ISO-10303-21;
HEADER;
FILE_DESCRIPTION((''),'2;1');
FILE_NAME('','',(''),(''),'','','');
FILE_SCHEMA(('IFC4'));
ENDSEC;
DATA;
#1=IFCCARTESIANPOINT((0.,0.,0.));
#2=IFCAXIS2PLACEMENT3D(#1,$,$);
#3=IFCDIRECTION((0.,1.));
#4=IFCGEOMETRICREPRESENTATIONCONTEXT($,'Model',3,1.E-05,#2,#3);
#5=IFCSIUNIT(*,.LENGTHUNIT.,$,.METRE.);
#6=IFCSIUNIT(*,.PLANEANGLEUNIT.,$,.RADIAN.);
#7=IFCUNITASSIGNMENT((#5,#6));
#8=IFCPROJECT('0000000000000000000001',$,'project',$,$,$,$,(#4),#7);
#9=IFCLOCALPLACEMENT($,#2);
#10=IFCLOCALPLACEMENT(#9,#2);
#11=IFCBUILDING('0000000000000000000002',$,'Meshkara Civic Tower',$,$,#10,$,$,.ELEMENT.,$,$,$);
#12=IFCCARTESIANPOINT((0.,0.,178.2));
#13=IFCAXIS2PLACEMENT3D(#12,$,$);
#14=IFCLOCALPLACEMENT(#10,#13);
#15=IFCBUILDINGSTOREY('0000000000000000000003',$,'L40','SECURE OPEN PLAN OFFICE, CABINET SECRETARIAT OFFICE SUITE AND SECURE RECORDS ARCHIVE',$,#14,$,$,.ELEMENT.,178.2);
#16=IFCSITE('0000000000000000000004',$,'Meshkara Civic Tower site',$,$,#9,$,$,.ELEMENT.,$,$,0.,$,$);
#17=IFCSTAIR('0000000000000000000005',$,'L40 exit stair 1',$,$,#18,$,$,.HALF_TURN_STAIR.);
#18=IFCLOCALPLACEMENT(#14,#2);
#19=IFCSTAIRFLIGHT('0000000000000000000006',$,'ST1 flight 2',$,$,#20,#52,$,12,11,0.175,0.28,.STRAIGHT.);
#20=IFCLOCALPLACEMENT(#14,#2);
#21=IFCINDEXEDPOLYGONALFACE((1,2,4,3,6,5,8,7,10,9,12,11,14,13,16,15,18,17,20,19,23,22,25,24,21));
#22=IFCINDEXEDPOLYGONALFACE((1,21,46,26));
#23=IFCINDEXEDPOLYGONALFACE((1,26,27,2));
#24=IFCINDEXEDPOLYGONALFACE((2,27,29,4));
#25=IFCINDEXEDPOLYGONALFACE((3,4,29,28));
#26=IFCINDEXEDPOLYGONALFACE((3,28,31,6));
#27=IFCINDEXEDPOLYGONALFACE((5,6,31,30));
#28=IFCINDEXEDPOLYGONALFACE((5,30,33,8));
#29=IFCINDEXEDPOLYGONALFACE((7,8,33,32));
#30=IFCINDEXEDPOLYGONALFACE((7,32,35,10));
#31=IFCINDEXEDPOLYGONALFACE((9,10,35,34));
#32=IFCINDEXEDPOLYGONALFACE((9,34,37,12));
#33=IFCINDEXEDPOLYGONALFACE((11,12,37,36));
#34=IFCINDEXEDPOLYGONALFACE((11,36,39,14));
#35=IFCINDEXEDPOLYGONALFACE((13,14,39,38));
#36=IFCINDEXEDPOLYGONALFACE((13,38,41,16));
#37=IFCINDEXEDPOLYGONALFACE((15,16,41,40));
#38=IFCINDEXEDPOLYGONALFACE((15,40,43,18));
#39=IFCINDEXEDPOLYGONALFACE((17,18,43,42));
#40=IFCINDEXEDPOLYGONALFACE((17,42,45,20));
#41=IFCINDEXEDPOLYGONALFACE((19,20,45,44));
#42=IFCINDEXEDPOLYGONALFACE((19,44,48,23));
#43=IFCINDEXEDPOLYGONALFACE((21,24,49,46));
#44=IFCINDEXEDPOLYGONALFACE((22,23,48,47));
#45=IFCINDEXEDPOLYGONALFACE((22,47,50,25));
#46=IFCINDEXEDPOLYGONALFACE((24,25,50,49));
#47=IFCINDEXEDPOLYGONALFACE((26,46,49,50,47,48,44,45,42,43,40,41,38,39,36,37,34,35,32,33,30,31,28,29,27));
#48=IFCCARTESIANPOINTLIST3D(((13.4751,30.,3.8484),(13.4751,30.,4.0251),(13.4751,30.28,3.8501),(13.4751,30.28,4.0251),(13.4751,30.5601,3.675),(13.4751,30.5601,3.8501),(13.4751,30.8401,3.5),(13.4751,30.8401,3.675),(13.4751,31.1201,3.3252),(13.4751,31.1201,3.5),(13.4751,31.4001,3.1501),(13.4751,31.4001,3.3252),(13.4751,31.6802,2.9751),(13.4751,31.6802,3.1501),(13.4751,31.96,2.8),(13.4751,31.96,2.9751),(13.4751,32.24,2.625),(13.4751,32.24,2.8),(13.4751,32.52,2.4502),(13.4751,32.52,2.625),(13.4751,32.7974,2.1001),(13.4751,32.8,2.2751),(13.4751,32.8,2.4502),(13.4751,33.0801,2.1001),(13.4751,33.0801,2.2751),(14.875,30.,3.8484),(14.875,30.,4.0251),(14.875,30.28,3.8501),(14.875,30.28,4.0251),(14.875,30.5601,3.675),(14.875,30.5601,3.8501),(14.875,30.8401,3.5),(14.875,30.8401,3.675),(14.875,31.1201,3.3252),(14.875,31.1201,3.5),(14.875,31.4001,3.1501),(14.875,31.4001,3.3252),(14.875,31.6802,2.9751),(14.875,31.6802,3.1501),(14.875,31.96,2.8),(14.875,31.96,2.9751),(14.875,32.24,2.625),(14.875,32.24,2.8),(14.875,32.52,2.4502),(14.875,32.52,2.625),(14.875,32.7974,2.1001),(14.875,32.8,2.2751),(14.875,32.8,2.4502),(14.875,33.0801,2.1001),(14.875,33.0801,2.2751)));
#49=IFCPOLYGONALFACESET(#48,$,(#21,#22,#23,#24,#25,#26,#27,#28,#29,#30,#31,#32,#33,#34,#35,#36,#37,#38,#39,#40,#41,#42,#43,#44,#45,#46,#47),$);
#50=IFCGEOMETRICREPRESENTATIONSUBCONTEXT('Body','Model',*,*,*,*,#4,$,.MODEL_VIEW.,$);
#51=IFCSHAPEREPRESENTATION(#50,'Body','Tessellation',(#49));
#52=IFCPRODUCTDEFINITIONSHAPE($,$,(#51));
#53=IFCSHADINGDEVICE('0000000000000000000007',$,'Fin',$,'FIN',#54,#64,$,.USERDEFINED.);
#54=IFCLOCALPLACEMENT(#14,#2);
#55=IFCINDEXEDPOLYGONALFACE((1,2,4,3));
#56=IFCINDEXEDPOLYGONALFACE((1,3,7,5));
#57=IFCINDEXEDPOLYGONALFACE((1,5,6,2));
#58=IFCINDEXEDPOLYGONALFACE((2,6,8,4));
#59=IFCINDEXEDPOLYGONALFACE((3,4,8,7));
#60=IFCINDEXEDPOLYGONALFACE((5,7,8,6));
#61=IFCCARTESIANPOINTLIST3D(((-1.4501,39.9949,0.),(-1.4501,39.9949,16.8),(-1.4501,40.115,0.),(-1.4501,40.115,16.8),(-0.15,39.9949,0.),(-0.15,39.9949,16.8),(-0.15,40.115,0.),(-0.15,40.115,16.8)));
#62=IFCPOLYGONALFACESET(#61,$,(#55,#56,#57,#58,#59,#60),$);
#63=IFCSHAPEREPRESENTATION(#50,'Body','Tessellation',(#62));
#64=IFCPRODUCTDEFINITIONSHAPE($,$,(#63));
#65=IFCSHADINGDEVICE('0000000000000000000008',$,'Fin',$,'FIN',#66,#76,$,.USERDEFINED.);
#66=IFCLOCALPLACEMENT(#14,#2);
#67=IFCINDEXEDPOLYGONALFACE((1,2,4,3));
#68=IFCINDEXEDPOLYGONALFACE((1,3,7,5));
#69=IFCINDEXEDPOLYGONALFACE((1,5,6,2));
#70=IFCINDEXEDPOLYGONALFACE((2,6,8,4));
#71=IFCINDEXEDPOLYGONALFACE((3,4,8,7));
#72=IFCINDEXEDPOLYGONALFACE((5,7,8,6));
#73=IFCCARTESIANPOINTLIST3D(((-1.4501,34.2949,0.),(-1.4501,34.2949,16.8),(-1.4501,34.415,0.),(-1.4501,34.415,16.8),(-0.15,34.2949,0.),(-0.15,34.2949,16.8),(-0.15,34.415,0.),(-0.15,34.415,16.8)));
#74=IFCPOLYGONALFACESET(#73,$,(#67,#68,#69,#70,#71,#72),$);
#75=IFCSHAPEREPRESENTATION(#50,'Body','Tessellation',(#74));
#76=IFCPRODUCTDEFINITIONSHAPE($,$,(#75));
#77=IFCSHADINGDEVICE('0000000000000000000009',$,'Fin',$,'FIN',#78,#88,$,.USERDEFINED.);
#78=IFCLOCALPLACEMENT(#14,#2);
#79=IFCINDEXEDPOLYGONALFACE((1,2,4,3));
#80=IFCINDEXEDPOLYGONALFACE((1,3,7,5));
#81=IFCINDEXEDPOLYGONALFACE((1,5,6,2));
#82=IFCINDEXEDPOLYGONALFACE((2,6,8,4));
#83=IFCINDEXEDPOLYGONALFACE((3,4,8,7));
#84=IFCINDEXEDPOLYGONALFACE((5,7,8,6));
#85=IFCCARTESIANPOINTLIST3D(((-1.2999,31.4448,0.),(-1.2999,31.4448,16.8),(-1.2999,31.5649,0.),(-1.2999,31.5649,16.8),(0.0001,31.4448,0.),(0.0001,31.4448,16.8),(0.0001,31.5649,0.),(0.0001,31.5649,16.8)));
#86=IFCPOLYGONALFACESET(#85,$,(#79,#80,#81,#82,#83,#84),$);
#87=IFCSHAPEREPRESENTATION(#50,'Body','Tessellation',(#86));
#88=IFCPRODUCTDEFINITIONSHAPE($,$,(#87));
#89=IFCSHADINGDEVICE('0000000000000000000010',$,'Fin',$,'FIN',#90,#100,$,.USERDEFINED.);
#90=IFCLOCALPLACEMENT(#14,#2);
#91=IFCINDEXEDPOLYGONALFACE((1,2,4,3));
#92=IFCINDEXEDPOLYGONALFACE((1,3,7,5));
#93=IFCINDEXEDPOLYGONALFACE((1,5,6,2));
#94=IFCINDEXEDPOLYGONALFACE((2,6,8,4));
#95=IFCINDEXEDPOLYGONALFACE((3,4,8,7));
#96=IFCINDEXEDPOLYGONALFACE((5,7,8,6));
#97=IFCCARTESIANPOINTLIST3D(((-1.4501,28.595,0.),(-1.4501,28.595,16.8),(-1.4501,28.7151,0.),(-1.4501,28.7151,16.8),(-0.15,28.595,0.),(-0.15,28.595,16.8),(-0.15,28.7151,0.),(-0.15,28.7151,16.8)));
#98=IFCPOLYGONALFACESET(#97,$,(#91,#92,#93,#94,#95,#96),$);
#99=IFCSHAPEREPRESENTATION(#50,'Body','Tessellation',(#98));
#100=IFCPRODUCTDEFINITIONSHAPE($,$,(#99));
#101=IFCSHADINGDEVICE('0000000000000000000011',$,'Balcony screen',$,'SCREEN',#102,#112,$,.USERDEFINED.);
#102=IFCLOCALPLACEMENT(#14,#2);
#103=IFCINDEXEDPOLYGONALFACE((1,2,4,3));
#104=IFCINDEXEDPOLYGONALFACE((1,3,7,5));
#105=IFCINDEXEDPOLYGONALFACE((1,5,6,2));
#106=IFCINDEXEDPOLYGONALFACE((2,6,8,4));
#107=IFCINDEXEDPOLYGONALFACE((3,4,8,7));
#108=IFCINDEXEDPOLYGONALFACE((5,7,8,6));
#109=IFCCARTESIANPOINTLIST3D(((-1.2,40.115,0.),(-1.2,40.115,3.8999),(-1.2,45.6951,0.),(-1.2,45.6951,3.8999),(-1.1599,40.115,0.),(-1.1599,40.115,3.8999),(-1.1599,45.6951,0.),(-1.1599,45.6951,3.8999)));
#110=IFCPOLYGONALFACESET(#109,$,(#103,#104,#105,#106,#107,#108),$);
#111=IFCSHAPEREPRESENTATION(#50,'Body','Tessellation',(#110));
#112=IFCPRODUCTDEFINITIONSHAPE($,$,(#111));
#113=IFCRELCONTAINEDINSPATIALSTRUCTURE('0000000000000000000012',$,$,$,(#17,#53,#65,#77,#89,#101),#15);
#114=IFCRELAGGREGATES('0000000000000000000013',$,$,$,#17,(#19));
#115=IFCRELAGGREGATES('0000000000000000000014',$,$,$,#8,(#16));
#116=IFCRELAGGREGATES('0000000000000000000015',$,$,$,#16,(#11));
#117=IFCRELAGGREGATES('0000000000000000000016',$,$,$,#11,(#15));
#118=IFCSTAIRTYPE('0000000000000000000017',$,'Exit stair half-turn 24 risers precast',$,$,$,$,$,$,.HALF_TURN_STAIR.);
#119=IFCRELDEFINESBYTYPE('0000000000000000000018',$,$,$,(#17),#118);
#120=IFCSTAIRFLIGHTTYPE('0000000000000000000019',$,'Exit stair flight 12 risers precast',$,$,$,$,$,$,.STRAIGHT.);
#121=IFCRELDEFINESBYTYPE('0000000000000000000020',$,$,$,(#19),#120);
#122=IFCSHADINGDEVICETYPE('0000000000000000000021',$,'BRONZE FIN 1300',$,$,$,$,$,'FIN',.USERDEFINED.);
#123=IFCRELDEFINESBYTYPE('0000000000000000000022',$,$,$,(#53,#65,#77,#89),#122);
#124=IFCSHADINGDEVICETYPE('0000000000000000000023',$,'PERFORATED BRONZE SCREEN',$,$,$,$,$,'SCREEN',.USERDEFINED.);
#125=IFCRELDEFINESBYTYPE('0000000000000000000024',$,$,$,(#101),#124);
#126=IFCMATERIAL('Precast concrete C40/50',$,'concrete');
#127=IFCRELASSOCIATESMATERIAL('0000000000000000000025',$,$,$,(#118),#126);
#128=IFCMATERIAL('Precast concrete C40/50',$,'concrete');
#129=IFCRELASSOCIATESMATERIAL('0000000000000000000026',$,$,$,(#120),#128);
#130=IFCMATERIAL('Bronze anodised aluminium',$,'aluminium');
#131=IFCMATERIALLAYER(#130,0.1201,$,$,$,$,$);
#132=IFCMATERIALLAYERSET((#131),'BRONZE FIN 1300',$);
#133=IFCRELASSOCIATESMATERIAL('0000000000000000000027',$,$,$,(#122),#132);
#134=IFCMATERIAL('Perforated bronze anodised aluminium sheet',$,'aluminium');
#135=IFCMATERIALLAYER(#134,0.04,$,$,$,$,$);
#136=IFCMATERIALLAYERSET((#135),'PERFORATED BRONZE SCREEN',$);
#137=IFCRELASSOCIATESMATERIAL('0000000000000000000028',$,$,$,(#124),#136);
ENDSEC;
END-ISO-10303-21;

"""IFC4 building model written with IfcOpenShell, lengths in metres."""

from ifc_helpers import new_model, si_unit, direction, frame, origin, origin_2d, place, context, subcontext, project, spatial, polyline, rectangle, outline, extrude, material, layer, layer_set, type_object, element, aggregate, save


model = new_model("IFC4")

# Units and contexts
model_context = context("Model", 3, precision=1e-05, world=origin(), true_north=direction((0.0, 1.0)))
body_context = subcontext(model_context, "Body", "Model", "MODEL_VIEW")
ifc_project = project(units=[si_unit("LENGTHUNIT", "METRE"), si_unit("PLANEANGLEUNIT", "RADIAN")], contexts=[model_context])

# Site, building, storey
site_placement = place(None, origin())
site = spatial("IfcSite", under=ifc_project, at=site_placement, Name="Meshkara Civic Tower site", CompositionType="ELEMENT", RefElevation=0.0)
building_placement = place(site_placement, origin())
building = spatial("IfcBuilding", under=site, at=building_placement, Name="Meshkara Civic Tower", CompositionType="ELEMENT")
storey_placement = place(building_placement, frame((0.0, 0.0, 178.2)))
storey = spatial("IfcBuildingStorey", under=building, at=storey_placement, Name="L40", Description="SECURE OPEN PLAN OFFICE, CABINET SECRETARIAT OFFICE SUITE AND SECURE RECORDS ARCHIVE", CompositionType="ELEMENT", Elevation=178.2)

# Stair, stair flight
ifc_material_1 = material(Name="Precast concrete C40/50", Category="concrete")
stair_type = type_object("IfcStairType", Name="Exit stair half-turn 24 risers precast", PredefinedType="HALF_TURN_STAIR", material=ifc_material_1)
stair_placement = place(storey_placement, origin())
stair = element("IfcStair", 1, at=stair_placement, inside=storey, type_object=stair_type, Name="L40 exit stair 1", PredefinedType="HALF_TURN_STAIR")
ifc_material_2 = material(Name="Precast concrete C40/50", Category="concrete")
stair_flight_type = type_object("IfcStairFlightType", Name="Exit stair flight 12 risers precast", PredefinedType="STRAIGHT", material=ifc_material_2)
stair_flight_placement = place(storey_placement, frame((14.175, 33.0801, 2.1001), z_axis=(0.0, 0.0, 1.0), x_axis=(0.0, -1.0, 0.0)))
stair_flight = element("IfcStairFlight", 2, at=stair_flight_placement, type_object=stair_flight_type, Name="ST1 flight 2", NumberOfRisers=12, NumberOfTreads=11, PredefinedType="STRAIGHT", RiserHeight=0.175, TreadLength=0.28, context=body_context, shape_type="SweptSolid", body=[
    extrude(outline(polyline([(0.0, 0.0), (0.0, 0.175), (0.28, 0.175), (0.28, 0.3501), (0.5601, 0.3501), (0.5601, 0.5249), (0.8401, 0.5249), (0.8401, 0.7), (1.1201, 0.7), (1.1201, 0.875), (1.3999, 0.875), (1.3999, 1.05), (1.6799, 1.05), (1.6799, 1.2251), (1.96, 1.2251), (1.96, 1.3999), (2.24, 1.3999), (2.24, 1.575), (2.52, 1.575), (2.52, 1.75), (2.8, 1.75), (2.8, 1.925), (3.0801, 1.925), (3.0801, 2.1001), (3.0801, 1.7483), (0.2827, 0.0), (0.0, 0.0)])), frame((0.0, 0.7, 0.0), z_axis=(0.0, -1.0, 0.0), x_axis=(1.0, 0.0, 0.0)), (0.0, 0.0, 1.0), 1.3999),
])
aggregate(stair, [stair_flight])

# Shading devices
ifc_material_3 = material(Name="Bronze anodised aluminium", Category="aluminium")
ifc_layer_1 = layer(ifc_material_3, 0.1201)
ifc_layer_set_1 = layer_set([ifc_layer_1], Name="BRONZE FIN 1300")
shading_device_type_1 = type_object("IfcShadingDeviceType", Name="BRONZE FIN 1300", ElementType="FIN", PredefinedType="USERDEFINED", material=ifc_layer_set_1)
for number, where, z_axis, x_axis, name in (
    (3, (-0.8, 40.0549, 0.0), (0.0, 0.0, 1.0), (0.0, -1.0, 0.0), "Fin"),
    (4, (-0.8, 34.355, 0.0), (0.0, 0.0, 1.0), (0.0, -1.0, 0.0), "Fin"),
    (5, (-0.6499, 31.5049, 0.0), (0.0, 0.0, 1.0), (0.0, -1.0, 0.0), "Fin"),
    (6, (-0.8, 28.655, 0.0), (0.0, 0.0, 1.0), (0.0, -1.0, 0.0), "Fin"),
):
    element("IfcShadingDevice", number, at=place(storey_placement, frame(where, z_axis=z_axis, x_axis=x_axis)), inside=storey, type_object=shading_device_type_1, Name=name, ObjectType="FIN", PredefinedType="USERDEFINED", context=body_context, shape_type="SweptSolid", body=[
        extrude(rectangle(XDim=0.1201, YDim=1.3, at=origin_2d()), origin(), (0.0, 0.0, 1.0), 16.8),
    ])
ifc_material_4 = material(Name="Perforated bronze anodised aluminium sheet", Category="aluminium")
ifc_layer_2 = layer(ifc_material_4, 0.04)
ifc_layer_set_2 = layer_set([ifc_layer_2], Name="PERFORATED BRONZE SCREEN")
shading_device_type_2 = type_object("IfcShadingDeviceType", Name="PERFORATED BRONZE SCREEN", ElementType="SCREEN", PredefinedType="USERDEFINED", material=ifc_layer_set_2)
shading_device_placement = place(storey_placement, frame((-1.1799, 42.905, 0.0), z_axis=(0.0, 0.0, 1.0), x_axis=(0.0, -1.0, 0.0)))
element("IfcShadingDevice", 7, at=shading_device_placement, inside=storey, type_object=shading_device_type_2, Name="Balcony screen", ObjectType="SCREEN", PredefinedType="USERDEFINED", context=body_context, shape_type="SweptSolid", body=[
    extrude(rectangle(XDim=5.5801, YDim=0.04, at=origin_2d()), origin(), (0.0, 0.0, 1.0), 3.8999),
])

save(model, "model.ifc")
